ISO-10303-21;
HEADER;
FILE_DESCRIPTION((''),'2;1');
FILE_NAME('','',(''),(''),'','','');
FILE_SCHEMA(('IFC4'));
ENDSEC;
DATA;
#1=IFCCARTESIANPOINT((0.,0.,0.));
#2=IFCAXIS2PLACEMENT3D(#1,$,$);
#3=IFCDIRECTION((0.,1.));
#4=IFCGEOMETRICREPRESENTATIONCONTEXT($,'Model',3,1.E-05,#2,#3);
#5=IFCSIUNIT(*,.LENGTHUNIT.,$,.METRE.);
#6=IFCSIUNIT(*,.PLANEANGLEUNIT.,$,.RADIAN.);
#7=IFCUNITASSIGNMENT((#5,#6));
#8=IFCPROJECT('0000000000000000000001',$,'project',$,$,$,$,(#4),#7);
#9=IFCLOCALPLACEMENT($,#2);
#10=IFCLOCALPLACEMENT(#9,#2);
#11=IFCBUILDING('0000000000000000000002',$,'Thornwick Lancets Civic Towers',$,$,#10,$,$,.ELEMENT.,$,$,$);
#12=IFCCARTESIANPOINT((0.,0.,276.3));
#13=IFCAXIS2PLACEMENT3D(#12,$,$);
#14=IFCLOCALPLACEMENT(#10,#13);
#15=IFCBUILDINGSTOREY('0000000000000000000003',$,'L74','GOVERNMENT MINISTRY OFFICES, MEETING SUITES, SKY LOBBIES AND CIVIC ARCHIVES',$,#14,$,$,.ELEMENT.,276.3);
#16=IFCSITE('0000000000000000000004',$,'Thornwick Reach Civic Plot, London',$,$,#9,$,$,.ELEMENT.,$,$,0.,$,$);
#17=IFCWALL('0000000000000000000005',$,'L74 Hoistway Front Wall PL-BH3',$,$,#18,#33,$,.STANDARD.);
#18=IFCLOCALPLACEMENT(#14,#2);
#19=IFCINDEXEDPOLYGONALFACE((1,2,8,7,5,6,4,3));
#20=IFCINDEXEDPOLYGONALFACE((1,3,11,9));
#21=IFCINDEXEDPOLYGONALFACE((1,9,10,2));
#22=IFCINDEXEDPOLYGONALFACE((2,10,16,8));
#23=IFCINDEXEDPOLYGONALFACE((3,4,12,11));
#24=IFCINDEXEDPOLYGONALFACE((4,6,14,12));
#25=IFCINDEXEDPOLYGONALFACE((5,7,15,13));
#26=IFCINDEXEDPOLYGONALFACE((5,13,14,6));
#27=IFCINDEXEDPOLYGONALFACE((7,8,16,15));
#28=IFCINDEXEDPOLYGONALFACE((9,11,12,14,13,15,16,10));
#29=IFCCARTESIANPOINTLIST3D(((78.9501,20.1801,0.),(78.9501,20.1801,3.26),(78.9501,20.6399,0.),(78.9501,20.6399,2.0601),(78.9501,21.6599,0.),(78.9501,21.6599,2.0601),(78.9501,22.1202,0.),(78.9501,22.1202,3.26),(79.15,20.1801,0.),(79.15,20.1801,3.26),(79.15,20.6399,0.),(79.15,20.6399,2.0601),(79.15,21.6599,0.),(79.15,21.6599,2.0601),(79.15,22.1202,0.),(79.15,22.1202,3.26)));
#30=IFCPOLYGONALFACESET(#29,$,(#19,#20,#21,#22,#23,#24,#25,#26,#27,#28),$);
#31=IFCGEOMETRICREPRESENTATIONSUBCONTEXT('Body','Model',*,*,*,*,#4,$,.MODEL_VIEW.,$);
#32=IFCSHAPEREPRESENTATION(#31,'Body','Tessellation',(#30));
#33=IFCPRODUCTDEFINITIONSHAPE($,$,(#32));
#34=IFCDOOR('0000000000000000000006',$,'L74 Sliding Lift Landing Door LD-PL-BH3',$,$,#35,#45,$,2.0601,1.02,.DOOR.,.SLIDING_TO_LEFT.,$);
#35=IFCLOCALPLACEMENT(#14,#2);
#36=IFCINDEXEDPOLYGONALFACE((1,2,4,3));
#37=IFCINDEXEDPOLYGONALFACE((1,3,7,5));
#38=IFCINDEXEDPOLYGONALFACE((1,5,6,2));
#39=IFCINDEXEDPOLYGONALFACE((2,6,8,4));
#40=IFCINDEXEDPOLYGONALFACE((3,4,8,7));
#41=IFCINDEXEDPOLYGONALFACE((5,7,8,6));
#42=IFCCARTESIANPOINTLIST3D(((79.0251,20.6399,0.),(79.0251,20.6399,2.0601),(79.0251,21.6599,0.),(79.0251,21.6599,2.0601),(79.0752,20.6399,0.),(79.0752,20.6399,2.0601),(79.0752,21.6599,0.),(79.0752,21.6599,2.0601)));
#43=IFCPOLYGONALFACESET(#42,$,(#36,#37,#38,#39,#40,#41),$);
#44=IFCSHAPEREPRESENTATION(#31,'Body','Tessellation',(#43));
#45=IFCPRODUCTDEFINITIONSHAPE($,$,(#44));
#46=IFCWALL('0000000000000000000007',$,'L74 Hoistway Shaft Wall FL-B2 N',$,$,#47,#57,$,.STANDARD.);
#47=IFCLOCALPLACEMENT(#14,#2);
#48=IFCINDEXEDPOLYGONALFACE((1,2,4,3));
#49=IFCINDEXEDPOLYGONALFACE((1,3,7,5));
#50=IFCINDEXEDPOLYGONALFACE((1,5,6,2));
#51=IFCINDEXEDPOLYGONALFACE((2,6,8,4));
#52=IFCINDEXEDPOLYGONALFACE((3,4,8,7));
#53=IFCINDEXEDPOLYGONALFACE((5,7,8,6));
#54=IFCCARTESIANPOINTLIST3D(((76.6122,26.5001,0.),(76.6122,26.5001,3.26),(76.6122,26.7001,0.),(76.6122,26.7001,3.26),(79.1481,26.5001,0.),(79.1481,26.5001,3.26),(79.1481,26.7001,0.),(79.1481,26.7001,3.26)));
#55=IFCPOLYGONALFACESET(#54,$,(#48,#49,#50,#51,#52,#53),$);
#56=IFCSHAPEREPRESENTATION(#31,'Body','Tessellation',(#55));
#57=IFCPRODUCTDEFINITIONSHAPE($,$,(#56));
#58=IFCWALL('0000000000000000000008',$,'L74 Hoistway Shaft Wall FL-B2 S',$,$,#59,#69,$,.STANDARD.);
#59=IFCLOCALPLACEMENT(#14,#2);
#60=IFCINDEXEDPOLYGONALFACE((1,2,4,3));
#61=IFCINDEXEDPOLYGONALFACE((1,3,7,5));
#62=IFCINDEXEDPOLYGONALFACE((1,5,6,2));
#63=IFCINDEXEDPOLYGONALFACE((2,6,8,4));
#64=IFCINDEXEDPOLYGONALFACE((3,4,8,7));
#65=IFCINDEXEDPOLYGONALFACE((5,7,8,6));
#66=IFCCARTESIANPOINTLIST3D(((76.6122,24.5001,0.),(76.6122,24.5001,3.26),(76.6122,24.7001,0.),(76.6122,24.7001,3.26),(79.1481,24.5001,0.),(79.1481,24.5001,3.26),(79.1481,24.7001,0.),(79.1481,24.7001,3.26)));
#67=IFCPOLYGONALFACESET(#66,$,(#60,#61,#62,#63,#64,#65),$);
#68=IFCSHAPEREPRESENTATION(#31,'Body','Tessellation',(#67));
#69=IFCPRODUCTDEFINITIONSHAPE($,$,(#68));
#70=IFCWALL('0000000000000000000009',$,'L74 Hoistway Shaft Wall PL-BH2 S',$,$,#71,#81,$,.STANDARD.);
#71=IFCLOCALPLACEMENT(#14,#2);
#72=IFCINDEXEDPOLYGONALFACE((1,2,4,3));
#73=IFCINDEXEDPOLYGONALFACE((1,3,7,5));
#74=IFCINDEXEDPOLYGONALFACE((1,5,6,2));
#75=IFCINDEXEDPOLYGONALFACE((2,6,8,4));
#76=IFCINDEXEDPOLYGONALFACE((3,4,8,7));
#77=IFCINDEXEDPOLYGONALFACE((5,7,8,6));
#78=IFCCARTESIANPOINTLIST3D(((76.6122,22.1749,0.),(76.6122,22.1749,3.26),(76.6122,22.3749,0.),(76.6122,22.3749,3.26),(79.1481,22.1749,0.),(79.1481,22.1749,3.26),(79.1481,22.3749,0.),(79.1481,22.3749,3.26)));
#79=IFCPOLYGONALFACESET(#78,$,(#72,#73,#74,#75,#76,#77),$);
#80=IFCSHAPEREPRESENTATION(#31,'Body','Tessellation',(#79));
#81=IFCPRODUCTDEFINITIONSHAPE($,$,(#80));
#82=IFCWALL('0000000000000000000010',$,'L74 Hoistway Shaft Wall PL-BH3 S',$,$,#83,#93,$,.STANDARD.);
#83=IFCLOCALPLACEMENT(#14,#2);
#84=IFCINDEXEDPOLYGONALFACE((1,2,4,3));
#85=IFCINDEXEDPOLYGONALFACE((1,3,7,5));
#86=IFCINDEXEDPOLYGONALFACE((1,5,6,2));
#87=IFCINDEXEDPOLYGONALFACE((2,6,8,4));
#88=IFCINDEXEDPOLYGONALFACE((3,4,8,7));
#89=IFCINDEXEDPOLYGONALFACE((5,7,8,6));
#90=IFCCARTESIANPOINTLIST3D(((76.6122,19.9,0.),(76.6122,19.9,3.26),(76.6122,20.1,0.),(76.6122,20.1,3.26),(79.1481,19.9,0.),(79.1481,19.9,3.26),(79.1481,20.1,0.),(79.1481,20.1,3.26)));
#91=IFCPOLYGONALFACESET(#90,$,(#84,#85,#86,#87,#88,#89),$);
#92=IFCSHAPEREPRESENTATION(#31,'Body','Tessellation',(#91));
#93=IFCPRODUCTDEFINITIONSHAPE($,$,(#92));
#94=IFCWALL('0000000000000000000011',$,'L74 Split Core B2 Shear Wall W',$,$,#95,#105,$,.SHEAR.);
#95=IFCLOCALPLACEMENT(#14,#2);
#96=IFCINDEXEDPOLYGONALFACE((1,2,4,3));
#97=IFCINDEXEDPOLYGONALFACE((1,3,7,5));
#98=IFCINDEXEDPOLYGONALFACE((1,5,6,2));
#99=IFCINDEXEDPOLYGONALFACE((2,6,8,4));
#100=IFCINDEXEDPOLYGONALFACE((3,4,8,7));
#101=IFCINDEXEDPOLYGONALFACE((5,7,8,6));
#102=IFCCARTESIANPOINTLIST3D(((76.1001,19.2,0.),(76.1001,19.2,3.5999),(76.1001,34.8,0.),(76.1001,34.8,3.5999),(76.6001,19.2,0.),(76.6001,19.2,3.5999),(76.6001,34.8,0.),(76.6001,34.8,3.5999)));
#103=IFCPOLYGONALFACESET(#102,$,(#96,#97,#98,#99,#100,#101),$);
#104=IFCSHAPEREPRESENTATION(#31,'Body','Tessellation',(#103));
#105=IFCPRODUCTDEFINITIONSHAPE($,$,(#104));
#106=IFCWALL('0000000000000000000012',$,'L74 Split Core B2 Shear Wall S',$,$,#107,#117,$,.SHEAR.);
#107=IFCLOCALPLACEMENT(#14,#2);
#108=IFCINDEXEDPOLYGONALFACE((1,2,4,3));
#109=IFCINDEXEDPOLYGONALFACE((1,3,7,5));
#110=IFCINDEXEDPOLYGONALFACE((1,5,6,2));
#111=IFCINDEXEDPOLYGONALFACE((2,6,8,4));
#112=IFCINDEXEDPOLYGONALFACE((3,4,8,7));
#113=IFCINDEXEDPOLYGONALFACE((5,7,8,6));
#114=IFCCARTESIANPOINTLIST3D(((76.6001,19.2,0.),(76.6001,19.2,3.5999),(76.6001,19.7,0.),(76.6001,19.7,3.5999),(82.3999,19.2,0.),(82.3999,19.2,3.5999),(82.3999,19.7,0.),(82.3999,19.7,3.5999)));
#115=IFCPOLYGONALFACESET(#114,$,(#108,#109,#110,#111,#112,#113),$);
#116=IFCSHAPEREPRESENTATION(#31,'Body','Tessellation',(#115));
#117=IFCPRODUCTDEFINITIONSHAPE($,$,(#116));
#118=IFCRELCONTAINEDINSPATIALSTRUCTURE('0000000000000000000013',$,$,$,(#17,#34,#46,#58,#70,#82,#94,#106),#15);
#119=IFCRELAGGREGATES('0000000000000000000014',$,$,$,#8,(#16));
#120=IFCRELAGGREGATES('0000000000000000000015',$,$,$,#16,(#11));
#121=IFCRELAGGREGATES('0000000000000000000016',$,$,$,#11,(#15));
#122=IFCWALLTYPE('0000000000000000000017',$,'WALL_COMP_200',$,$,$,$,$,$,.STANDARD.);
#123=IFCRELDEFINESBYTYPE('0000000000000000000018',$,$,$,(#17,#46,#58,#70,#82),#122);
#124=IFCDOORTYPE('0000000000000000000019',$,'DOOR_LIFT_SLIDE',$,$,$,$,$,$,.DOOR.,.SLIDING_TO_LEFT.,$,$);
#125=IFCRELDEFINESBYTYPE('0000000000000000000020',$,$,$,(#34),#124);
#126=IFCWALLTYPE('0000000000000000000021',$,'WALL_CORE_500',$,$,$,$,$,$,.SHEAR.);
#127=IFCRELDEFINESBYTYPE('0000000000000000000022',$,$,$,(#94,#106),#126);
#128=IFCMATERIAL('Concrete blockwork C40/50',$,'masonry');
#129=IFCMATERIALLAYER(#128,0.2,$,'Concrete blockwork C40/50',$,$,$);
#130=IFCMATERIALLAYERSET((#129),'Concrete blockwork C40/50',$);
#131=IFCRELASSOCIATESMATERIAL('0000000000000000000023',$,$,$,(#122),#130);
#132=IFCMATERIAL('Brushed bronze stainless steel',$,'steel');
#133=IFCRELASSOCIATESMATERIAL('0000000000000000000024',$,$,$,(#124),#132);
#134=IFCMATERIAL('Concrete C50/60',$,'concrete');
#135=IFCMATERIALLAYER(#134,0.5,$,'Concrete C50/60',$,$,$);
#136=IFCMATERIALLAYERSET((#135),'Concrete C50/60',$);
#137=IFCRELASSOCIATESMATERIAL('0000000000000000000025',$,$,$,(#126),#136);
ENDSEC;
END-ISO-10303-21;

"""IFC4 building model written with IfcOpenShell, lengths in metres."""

from ifc_helpers import new_model, si_unit, direction, frame, frame_2d, origin, place, context, subcontext, project, spatial, rectangle, extrude, material, layer, layer_set, type_object, element, fill, save


model = new_model("IFC4")

# Units and contexts
model_context = context("Model", 3, precision=1e-05, world=origin(), true_north=direction((0.0, 1.0)))
body_context = subcontext(model_context, "Body", "Model", "MODEL_VIEW")
ifc_project = project(units=[si_unit("LENGTHUNIT", "METRE"), si_unit("PLANEANGLEUNIT", "RADIAN")], contexts=[model_context])

# Site, building, storey
site_placement = place(None, origin())
site = spatial("IfcSite", under=ifc_project, at=site_placement, Name="Thornwick Reach Civic Plot, London", CompositionType="ELEMENT", RefElevation=0.0)
building_placement = place(site_placement, origin())
building = spatial("IfcBuilding", under=site, at=building_placement, Name="Thornwick Lancets Civic Towers", CompositionType="ELEMENT")
storey_placement = place(building_placement, frame((0.0, 0.0, 276.3)))
storey = spatial("IfcBuildingStorey", under=building, at=storey_placement, Name="L74", Description="GOVERNMENT MINISTRY OFFICES, MEETING SUITES, SKY LOBBIES AND CIVIC ARCHIVES", CompositionType="ELEMENT", Elevation=276.3)

# Shared definitions
ifc_material_1 = material(Name="Concrete C50/60", Category="concrete")

# Wall, opening, door
ifc_material_2 = material(Name="Concrete blockwork C40/50", Category="masonry")
ifc_layer_1 = layer(ifc_material_2, 0.2, Name="Concrete blockwork C40/50")
ifc_layer_set_1 = layer_set([ifc_layer_1], Name="Concrete blockwork C40/50")
wall_type_1 = type_object("IfcWallType", Name="WALL_COMP_200", PredefinedType="STANDARD", material=ifc_layer_set_1)
ifc_material_3 = material(Name="Brushed bronze stainless steel", Category="steel")
door_type = type_object("IfcDoorType", Name="DOOR_LIFT_SLIDE", OperationType="SLIDING_TO_LEFT", PredefinedType="DOOR", material=ifc_material_3)
wall_1_placement = place(storey_placement, frame((79.05, 20.1799, 0.0), z_axis=(0.0, 0.0, 1.0), x_axis=(0.0, 1.0, 0.0)))
wall_1 = element("IfcWall", 1, at=wall_1_placement, inside=storey, type_object=wall_type_1, Name="L74 Hoistway Front Wall PL-BH3", PredefinedType="STANDARD", context=body_context, shape_type="SweptSolid", body=[
    extrude(rectangle(XDim=1.9402, YDim=0.2, at=frame_2d((0.9702, 0.0))), origin(), (0.0, 0.0, 1.0), 3.26),
])
opening_1_placement = place(wall_1_placement, frame((0.46, 0.0, 0.0)))
opening_1 = element("IfcOpeningElement", 2, at=opening_1_placement, cuts=wall_1, PredefinedType="OPENING", context=body_context, shape_type="SweptSolid", body=[
    extrude(rectangle(XDim=1.02, YDim=2.0601, at=frame_2d((0.51, 1.03))), frame((0.0, 0.1099, 0.0), z_axis=(0.0, -1.0, 0.0), x_axis=(1.0, 0.0, 0.0)), (0.0, 0.0, 1.0), 0.22),
])
door_1_placement = place(opening_1_placement, origin())
door_1 = element("IfcDoor", 3, at=door_1_placement, inside=storey, type_object=door_type, Name="L74 Sliding Lift Landing Door LD-PL-BH3", OperationType="SLIDING_TO_LEFT", OverallHeight=2.0601, OverallWidth=1.02, PredefinedType="DOOR", context=body_context, shape_type="SweptSolid", body=[
    extrude(rectangle(XDim=1.02, YDim=2.0601, at=frame_2d((0.51, 1.03))), frame((0.0, 0.0249, 0.0), z_axis=(0.0, -1.0, 0.0), x_axis=(1.0, 0.0, 0.0)), (0.0, 0.0, 1.0), 0.05),
])
fill(opening_1, door_1)

# Walls
for number, where, z_axis, x_axis, name in (
    (4, (76.6121, 26.6001, 0.0), (0.0, 0.0, 1.0), (1.0, 0.0, 0.0), "L74 Hoistway Shaft Wall FL-B2 N"),
    (5, (76.6121, 24.6001, 0.0), (0.0, 0.0, 1.0), (1.0, 0.0, 0.0), "L74 Hoistway Shaft Wall FL-B2 S"),
    (6, (76.6121, 22.2749, 0.0), (0.0, 0.0, 1.0), (1.0, 0.0, 0.0), "L74 Hoistway Shaft Wall PL-BH2 S"),
    (7, (76.6121, 20.0, 0.0), (0.0, 0.0, 1.0), (1.0, 0.0, 0.0), "L74 Hoistway Shaft Wall PL-BH3 S"),
):
    element("IfcWall", number, at=place(storey_placement, frame(where, z_axis=z_axis, x_axis=x_axis)), inside=storey, type_object=wall_type_1, Name=name, PredefinedType="STANDARD", context=body_context, shape_type="SweptSolid", body=[
        extrude(rectangle(XDim=2.5359, YDim=0.2, at=frame_2d((1.2681, 0.0))), origin(), (0.0, 0.0, 1.0), 3.26),
    ])
ifc_layer_2 = layer(ifc_material_1, 0.5, Name="Concrete C50/60")
ifc_layer_set_2 = layer_set([ifc_layer_2], Name="Concrete C50/60")
wall_type_2 = type_object("IfcWallType", Name="WALL_CORE_500", PredefinedType="SHEAR", material=ifc_layer_set_2)
wall_2_placement = place(storey_placement, frame((76.3501, 19.2, 0.0), z_axis=(0.0, 0.0, 1.0), x_axis=(0.0, 1.0, 0.0)))
element("IfcWall", 8, at=wall_2_placement, inside=storey, type_object=wall_type_2, Name="L74 Split Core B2 Shear Wall W", PredefinedType="SHEAR", context=body_context, shape_type="SweptSolid", body=[
    extrude(rectangle(XDim=15.6001, YDim=0.5, at=frame_2d((7.8, 0.0))), origin(), (0.0, 0.0, 1.0), 3.5999),
])
wall_3_placement = place(storey_placement, frame((76.6001, 19.45, 0.0), z_axis=(0.0, 0.0, 1.0), x_axis=(1.0, 0.0, 0.0)))
element("IfcWall", 9, at=wall_3_placement, inside=storey, type_object=wall_type_2, Name="L74 Split Core B2 Shear Wall S", PredefinedType="SHEAR", context=body_context, shape_type="SweptSolid", body=[
    extrude(rectangle(XDim=5.7998, YDim=0.5, at=frame_2d((2.8999, 0.0))), origin(), (0.0, 0.0, 1.0), 3.5999),
])

save(model, "model.ifc")
